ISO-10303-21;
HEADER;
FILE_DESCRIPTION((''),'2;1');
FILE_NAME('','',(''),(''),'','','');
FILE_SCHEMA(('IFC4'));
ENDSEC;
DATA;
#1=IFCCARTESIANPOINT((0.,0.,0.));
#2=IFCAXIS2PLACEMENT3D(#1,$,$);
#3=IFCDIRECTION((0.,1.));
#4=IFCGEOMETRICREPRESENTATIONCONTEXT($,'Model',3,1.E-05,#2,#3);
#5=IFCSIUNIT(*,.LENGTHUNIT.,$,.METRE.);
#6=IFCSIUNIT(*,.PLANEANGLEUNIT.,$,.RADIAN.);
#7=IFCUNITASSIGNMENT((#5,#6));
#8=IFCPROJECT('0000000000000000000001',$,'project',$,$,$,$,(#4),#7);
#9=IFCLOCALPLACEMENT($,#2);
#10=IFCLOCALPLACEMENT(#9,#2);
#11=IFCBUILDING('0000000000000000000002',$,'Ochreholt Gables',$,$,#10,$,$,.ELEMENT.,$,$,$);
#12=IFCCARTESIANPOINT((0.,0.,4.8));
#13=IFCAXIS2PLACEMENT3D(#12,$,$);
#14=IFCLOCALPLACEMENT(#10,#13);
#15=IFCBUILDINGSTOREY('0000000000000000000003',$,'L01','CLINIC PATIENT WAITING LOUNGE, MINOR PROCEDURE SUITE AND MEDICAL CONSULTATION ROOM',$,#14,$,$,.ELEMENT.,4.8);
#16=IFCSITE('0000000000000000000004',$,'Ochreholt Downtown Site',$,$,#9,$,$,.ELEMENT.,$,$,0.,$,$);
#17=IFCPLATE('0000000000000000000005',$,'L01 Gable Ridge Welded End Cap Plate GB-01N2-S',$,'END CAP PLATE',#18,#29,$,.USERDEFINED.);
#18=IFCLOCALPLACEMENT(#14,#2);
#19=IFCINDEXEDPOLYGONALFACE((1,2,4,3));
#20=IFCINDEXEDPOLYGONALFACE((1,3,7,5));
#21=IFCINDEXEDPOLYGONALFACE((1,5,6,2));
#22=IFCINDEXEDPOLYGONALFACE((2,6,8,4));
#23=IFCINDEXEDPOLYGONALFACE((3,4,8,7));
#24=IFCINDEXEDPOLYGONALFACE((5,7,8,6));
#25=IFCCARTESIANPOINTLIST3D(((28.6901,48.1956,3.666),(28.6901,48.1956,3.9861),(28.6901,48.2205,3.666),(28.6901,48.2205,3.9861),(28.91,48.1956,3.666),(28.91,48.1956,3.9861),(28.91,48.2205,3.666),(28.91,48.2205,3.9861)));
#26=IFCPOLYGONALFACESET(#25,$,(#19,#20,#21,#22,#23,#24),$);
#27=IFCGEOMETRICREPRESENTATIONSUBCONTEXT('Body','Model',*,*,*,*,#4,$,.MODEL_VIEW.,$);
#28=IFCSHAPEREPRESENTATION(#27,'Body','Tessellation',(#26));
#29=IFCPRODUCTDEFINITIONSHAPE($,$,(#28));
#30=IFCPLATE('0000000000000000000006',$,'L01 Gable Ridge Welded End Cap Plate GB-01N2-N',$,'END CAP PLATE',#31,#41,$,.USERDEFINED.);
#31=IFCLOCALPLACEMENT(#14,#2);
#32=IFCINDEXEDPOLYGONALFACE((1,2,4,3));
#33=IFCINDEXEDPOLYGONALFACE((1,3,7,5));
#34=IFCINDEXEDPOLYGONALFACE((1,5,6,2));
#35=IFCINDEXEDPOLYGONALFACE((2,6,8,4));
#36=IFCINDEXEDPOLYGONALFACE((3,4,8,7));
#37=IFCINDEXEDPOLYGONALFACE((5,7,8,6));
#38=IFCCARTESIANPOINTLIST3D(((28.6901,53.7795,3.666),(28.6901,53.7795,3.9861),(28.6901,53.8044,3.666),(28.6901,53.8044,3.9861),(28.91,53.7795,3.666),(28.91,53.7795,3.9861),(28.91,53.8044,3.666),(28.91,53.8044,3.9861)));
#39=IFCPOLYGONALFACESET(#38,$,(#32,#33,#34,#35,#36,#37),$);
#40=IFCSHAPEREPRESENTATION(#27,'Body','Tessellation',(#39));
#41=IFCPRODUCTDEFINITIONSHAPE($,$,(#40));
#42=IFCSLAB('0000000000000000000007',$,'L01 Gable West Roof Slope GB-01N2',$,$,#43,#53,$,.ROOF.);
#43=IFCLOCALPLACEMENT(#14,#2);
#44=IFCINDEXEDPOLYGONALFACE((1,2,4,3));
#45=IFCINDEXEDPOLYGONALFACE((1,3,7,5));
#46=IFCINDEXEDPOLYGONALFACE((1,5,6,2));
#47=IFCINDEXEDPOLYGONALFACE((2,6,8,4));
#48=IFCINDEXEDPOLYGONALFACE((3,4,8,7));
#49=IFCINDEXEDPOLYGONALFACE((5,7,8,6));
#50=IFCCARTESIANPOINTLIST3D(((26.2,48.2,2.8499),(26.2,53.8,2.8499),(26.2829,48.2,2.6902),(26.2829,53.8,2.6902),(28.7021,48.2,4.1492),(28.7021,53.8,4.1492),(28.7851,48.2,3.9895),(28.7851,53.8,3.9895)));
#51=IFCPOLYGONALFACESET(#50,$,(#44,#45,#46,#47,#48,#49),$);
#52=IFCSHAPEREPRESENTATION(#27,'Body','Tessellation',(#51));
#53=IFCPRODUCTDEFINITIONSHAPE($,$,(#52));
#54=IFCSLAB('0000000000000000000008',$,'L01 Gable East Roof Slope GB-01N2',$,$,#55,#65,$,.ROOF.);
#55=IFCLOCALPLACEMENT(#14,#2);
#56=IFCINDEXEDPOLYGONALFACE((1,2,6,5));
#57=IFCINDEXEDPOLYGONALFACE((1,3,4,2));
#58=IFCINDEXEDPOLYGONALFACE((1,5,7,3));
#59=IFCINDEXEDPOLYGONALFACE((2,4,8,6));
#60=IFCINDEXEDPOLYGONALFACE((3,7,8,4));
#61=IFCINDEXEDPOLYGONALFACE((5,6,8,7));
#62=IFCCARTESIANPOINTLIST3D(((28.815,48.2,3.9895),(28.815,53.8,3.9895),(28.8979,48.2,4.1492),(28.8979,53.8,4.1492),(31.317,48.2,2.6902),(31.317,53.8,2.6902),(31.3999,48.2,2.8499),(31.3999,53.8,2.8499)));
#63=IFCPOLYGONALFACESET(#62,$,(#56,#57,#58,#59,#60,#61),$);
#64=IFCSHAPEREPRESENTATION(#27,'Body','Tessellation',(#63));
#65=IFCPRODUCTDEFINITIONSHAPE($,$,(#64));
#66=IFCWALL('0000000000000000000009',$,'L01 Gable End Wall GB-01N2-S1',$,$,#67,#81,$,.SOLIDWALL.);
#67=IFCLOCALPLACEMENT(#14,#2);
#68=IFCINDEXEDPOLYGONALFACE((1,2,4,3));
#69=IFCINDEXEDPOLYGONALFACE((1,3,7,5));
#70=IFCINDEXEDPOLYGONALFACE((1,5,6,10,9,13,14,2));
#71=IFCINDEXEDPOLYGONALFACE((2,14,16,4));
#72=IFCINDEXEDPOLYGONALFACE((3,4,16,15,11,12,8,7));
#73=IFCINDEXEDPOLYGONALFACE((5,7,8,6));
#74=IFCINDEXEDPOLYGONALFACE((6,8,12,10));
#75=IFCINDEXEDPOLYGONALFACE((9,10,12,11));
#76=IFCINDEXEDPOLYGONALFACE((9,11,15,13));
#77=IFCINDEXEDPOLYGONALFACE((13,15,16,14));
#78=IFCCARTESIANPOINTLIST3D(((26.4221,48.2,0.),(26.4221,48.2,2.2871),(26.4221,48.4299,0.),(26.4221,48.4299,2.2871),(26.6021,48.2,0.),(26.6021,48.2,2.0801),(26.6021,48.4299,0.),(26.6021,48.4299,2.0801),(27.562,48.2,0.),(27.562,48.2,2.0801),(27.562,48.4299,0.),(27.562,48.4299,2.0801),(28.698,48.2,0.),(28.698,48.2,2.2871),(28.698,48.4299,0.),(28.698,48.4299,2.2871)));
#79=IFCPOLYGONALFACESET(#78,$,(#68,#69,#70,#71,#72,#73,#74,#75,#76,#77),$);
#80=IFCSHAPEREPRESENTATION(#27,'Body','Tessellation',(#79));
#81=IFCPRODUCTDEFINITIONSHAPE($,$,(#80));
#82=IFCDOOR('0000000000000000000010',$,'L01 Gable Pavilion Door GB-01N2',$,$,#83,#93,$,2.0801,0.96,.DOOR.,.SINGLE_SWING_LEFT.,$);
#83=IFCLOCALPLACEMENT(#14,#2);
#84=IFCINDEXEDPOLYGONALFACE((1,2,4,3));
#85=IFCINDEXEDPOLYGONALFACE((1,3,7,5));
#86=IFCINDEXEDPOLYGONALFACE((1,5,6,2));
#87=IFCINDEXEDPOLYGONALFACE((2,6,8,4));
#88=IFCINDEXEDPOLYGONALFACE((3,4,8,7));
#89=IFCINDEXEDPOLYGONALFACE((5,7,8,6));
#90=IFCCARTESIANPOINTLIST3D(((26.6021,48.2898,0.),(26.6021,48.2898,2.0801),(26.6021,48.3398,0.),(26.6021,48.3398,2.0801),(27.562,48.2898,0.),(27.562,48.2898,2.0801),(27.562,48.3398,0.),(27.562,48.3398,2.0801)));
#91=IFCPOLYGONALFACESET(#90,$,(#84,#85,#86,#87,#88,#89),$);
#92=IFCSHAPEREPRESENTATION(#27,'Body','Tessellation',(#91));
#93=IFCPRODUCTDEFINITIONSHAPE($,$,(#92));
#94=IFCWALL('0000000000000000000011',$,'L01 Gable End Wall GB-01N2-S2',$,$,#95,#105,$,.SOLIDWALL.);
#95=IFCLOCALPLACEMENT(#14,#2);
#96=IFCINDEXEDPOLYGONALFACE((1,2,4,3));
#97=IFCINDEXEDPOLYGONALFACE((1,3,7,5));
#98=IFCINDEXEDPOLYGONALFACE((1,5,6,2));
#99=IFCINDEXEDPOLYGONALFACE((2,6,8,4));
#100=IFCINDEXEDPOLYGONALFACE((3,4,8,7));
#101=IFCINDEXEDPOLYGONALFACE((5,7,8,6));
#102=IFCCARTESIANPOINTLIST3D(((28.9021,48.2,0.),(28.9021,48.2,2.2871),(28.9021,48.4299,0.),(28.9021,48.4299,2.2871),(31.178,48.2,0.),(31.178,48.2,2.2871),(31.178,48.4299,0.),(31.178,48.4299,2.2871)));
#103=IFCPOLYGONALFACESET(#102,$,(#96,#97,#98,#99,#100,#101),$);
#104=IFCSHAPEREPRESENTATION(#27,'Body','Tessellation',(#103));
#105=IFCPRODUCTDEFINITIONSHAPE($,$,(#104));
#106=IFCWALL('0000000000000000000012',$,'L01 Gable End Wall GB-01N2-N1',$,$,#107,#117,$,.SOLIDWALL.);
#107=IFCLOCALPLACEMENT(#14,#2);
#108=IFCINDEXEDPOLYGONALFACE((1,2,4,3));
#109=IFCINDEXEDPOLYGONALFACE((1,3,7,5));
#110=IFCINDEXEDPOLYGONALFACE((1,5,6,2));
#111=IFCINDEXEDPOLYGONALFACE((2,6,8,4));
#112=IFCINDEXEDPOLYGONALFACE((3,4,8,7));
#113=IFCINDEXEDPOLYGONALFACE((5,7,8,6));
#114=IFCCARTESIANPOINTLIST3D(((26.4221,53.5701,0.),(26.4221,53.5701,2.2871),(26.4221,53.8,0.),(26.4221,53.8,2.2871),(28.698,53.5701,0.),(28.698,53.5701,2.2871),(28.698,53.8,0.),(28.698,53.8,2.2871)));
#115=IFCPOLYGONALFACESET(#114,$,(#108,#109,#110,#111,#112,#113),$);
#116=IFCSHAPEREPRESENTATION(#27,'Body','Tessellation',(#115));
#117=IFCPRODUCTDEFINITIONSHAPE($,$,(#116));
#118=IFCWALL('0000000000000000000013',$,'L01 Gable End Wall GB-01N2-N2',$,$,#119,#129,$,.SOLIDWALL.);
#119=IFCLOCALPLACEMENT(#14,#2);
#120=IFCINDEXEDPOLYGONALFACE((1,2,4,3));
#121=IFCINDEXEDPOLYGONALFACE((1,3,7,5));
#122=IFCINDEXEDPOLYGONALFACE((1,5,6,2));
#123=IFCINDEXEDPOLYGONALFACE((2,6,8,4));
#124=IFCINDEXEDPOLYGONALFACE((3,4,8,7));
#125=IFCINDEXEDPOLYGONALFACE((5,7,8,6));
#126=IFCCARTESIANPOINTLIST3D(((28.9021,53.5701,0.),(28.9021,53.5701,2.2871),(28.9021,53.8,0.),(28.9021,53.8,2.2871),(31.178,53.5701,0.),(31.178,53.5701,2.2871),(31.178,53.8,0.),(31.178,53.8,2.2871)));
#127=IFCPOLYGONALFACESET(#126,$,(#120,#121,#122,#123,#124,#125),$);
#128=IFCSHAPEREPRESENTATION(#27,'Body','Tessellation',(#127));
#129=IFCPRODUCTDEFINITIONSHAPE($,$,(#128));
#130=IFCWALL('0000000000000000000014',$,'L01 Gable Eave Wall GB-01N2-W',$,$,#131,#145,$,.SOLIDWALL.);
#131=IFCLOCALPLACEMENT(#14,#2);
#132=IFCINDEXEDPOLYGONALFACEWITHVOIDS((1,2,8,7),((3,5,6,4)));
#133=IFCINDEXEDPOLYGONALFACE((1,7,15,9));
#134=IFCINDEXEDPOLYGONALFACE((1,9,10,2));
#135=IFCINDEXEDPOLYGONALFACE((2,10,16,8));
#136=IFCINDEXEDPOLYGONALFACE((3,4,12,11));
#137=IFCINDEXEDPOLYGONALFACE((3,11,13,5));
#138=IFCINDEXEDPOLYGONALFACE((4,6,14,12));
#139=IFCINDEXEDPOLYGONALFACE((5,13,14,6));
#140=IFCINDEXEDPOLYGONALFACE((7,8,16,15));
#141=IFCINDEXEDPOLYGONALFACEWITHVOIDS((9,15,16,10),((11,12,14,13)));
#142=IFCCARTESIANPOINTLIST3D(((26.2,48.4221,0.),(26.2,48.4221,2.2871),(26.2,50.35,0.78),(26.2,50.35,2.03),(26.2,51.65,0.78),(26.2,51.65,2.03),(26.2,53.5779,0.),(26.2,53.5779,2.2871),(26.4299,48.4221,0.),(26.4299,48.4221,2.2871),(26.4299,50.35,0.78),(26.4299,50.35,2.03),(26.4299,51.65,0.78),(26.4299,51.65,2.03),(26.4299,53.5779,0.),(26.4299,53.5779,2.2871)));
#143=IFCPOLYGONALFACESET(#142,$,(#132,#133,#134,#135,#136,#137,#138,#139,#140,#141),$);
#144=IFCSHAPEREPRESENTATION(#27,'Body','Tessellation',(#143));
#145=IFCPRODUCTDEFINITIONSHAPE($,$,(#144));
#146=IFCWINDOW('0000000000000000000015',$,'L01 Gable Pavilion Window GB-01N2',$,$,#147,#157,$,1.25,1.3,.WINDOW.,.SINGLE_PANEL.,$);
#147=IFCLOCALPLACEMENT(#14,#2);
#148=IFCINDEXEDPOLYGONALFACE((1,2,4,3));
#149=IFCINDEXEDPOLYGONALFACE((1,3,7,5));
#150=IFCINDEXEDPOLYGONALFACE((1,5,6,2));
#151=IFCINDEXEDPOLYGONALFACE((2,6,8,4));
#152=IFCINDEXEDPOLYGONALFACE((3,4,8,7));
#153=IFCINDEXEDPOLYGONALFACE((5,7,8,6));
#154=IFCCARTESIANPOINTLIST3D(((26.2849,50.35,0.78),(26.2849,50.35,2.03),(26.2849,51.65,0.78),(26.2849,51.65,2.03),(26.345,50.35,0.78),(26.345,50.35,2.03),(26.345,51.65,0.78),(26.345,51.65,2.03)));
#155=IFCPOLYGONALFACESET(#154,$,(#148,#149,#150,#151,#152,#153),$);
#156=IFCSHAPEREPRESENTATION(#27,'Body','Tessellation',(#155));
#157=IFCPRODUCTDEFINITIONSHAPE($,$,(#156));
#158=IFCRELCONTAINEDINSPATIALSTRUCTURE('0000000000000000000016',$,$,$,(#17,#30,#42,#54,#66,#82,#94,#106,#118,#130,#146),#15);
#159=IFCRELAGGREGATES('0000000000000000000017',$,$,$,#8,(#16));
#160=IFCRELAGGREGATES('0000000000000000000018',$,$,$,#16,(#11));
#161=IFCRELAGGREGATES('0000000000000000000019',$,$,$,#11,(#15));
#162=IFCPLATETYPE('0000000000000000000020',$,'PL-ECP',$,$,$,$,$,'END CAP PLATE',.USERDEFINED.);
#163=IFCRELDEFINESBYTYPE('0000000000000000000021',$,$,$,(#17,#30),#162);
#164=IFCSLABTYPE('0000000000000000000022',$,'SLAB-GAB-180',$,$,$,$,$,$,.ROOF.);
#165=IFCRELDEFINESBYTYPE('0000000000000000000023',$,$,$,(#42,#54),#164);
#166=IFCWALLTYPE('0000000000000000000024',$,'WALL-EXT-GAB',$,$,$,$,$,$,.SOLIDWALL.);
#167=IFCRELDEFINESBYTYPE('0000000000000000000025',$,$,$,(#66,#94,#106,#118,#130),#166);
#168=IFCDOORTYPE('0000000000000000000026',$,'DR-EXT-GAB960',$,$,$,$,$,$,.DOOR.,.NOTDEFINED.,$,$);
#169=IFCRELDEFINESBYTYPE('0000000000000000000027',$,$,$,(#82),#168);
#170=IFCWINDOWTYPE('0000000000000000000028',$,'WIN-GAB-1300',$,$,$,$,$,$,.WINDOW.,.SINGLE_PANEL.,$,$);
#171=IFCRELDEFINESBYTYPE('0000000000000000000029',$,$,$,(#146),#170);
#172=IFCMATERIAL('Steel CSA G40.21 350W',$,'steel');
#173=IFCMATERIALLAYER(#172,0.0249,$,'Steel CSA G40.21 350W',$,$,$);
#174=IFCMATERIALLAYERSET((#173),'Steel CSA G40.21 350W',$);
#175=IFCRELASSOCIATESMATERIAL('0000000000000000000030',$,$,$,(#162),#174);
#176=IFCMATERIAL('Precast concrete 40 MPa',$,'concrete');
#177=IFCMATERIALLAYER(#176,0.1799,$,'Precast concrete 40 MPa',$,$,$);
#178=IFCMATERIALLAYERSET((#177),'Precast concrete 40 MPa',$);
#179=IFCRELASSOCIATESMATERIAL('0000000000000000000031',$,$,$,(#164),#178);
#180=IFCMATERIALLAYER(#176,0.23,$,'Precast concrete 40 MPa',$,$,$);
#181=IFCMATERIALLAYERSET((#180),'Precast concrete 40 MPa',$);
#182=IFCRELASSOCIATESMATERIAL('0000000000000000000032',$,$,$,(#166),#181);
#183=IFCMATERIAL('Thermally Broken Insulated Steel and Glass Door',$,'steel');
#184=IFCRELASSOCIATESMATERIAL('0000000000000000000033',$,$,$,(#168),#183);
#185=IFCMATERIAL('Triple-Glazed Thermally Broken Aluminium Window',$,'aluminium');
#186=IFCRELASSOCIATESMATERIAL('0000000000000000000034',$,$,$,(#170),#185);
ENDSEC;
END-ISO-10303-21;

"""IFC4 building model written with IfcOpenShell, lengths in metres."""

from ifc_helpers import new_model, si_unit, direction, frame, frame_2d, origin, origin_2d, place, context, subcontext, project, spatial, polyline, rectangle, outline, extrude, material, layer, layer_set, type_object, element, fill, save


model = new_model("IFC4")

# Units and contexts
model_context = context("Model", 3, precision=1e-05, world=origin(), true_north=direction((0.0, 1.0)))
body_context = subcontext(model_context, "Body", "Model", "MODEL_VIEW")
ifc_project = project(units=[si_unit("LENGTHUNIT", "METRE"), si_unit("PLANEANGLEUNIT", "RADIAN")], contexts=[model_context])

# Site, building, storey
site_placement = place(None, origin())
site = spatial("IfcSite", under=ifc_project, at=site_placement, Name="Ochreholt Downtown Site", CompositionType="ELEMENT", RefElevation=0.0)
building_placement = place(site_placement, origin())
building = spatial("IfcBuilding", under=site, at=building_placement, Name="Ochreholt Gables", CompositionType="ELEMENT")
storey_placement = place(building_placement, frame((0.0, 0.0, 4.8)))
storey = spatial("IfcBuildingStorey", under=building, at=storey_placement, Name="L01", Description="CLINIC PATIENT WAITING LOUNGE, MINOR PROCEDURE SUITE AND MEDICAL CONSULTATION ROOM", CompositionType="ELEMENT", Elevation=4.8)

# Shared definitions
ifc_material_1 = material(Name="Steel CSA G40.21 350W", Category="steel")

# Plates
ifc_layer_1 = layer(ifc_material_1, 0.0249, Name="Steel CSA G40.21 350W")
ifc_layer_set_1 = layer_set([ifc_layer_1], Name="Steel CSA G40.21 350W")
plate_type = type_object("IfcPlateType", Name="PL-ECP", ElementType="END CAP PLATE", PredefinedType="USERDEFINED", material=ifc_layer_set_1)
for number, where, z_axis, x_axis, name in (
    (1, (28.8, 48.208, 3.666), (0.0, 0.0, 1.0), (1.0, 0.0, 0.0), "L01 Gable Ridge Welded End Cap Plate GB-01N2-S"),
    (2, (28.8, 53.792, 3.666), (0.0, 0.0, 1.0), (1.0, 0.0, 0.0), "L01 Gable Ridge Welded End Cap Plate GB-01N2-N"),
):
    element("IfcPlate", number, at=place(storey_placement, frame(where, z_axis=z_axis, x_axis=x_axis)), inside=storey, type_object=plate_type, Name=name, ObjectType="END CAP PLATE", PredefinedType="USERDEFINED", context=body_context, shape_type="SweptSolid", body=[
        extrude(rectangle(XDim=0.22, YDim=0.0249, at=origin_2d()), origin(), (0.0, 0.0, 1.0), 0.3201),
    ])

# Slabs
ifc_material_2 = material(Name="Precast concrete 40 MPa", Category="concrete")
ifc_layer_2 = layer(ifc_material_2, 0.1799, Name="Precast concrete 40 MPa")
ifc_layer_set_2 = layer_set([ifc_layer_2], Name="Precast concrete 40 MPa")
slab_type = type_object("IfcSlabType", Name="SLAB-GAB-180", PredefinedType="ROOF", material=ifc_layer_set_2)
slab_1_placement = place(storey_placement, frame((26.2, 48.2, 2.8499), z_axis=(-0.460843, 0.0, 0.887482), x_axis=(0.887482, 0.0, 0.460843)))
element("IfcSlab", 3, at=slab_1_placement, inside=storey, type_object=slab_type, Name="L01 Gable West Roof Slope GB-01N2", PredefinedType="ROOF", context=body_context, shape_type="SweptSolid", body=[
    extrude(outline(polyline([(0.0, 0.0), (2.8194, 0.0), (2.8194, 5.6001), (0.0, 5.6001), (0.0, 0.0)])), origin(), (0.0, 0.0, -1.0), 0.1799),
])
slab_2_placement = place(storey_placement, frame((28.8979, 48.2, 4.1492), z_axis=(0.460878, 0.0, 0.887463), x_axis=(0.887463, 0.0, -0.460878)))
element("IfcSlab", 4, at=slab_2_placement, inside=storey, type_object=slab_type, Name="L01 Gable East Roof Slope GB-01N2", PredefinedType="ROOF", context=body_context, shape_type="SweptSolid", body=[
    extrude(outline(polyline([(0.0, 0.0), (2.8192, 0.0), (2.8192, 5.6001), (0.0, 5.6001), (0.0, 0.0)])), origin(), (0.0, 0.0, -1.0), 0.1799),
])

# Wall, opening, door
ifc_layer_3 = layer(ifc_material_2, 0.23, Name="Precast concrete 40 MPa")
ifc_layer_set_3 = layer_set([ifc_layer_3], Name="Precast concrete 40 MPa")
wall_type = type_object("IfcWallType", Name="WALL-EXT-GAB", PredefinedType="SOLIDWALL", material=ifc_layer_set_3)
wall_1_placement = place(storey_placement, frame((26.4221, 48.3149, 0.0), z_axis=(0.0, 0.0, 1.0), x_axis=(1.0, 0.0, 0.0)))
wall_1 = element("IfcWall", 5, at=wall_1_placement, inside=storey, type_object=wall_type, Name="L01 Gable End Wall GB-01N2-S1", PredefinedType="SOLIDWALL", context=body_context, shape_type="SweptSolid", body=[
    extrude(rectangle(XDim=2.2759, YDim=0.23, at=frame_2d((1.1379, 0.0))), origin(), (0.0, 0.0, 1.0), 2.2871),
])
opening_1_placement = place(wall_1_placement, frame((0.1799, 0.0, 0.0)))
opening_1 = element("IfcOpeningElement", 6, at=opening_1_placement, cuts=wall_1, PredefinedType="OPENING", context=body_context, shape_type="SweptSolid", body=[
    extrude(rectangle(XDim=0.96, YDim=2.0801, at=frame_2d((0.48, 1.04))), frame((0.0, 0.125, 0.0), z_axis=(0.0, -1.0, 0.0), x_axis=(1.0, 0.0, 0.0)), (0.0, 0.0, 1.0), 0.25),
])
ifc_material_3 = material(Name="Thermally Broken Insulated Steel and Glass Door", Category="steel")
door_type = type_object("IfcDoorType", Name="DR-EXT-GAB960", OperationType="NOTDEFINED", PredefinedType="DOOR", material=ifc_material_3)
door_placement = place(opening_1_placement, origin())
door = element("IfcDoor", 7, at=door_placement, inside=storey, type_object=door_type, Name="L01 Gable Pavilion Door GB-01N2", OperationType="SINGLE_SWING_LEFT", OverallHeight=2.0801, OverallWidth=0.96, PredefinedType="DOOR", context=body_context, shape_type="SweptSolid", body=[
    extrude(rectangle(XDim=0.96, YDim=2.0801, at=frame_2d((0.48, 1.04))), frame((0.0, 0.0249, 0.0), z_axis=(0.0, -1.0, 0.0), x_axis=(1.0, 0.0, 0.0)), (0.0, 0.0, 1.0), 0.05),
])
fill(opening_1, door)

# Walls
for number, where, z_axis, x_axis, name in (
    (8, (28.9021, 48.3149, 0.0), (0.0, 0.0, 1.0), (1.0, 0.0, 0.0), "L01 Gable End Wall GB-01N2-S2"),
    (9, (26.4221, 53.6851, 0.0), (0.0, 0.0, 1.0), (1.0, 0.0, 0.0), "L01 Gable End Wall GB-01N2-N1"),
    (10, (28.9021, 53.6851, 0.0), (0.0, 0.0, 1.0), (1.0, 0.0, 0.0), "L01 Gable End Wall GB-01N2-N2"),
):
    element("IfcWall", number, at=place(storey_placement, frame(where, z_axis=z_axis, x_axis=x_axis)), inside=storey, type_object=wall_type, Name=name, PredefinedType="SOLIDWALL", context=body_context, shape_type="SweptSolid", body=[
        extrude(rectangle(XDim=2.2759, YDim=0.23, at=frame_2d((1.1379, 0.0))), origin(), (0.0, 0.0, 1.0), 2.2871),
    ])

# Wall, opening, window
wall_2_placement = place(storey_placement, frame((26.3149, 48.4221, 0.0), z_axis=(0.0, 0.0, 1.0), x_axis=(0.0, 1.0, 0.0)))
wall_2 = element("IfcWall", 11, at=wall_2_placement, inside=storey, type_object=wall_type, Name="L01 Gable Eave Wall GB-01N2-W", PredefinedType="SOLIDWALL", context=body_context, shape_type="SweptSolid", body=[
    extrude(rectangle(XDim=5.1558, YDim=0.23, at=frame_2d((2.5779, 0.0))), origin(), (0.0, 0.0, 1.0), 2.2871),
])
opening_2_placement = place(wall_2_placement, frame((1.928, 0.0, 0.78)))
opening_2 = element("IfcOpeningElement", 12, at=opening_2_placement, cuts=wall_2, PredefinedType="OPENING", context=body_context, shape_type="SweptSolid", body=[
    extrude(rectangle(XDim=1.3, YDim=1.25, at=frame_2d((0.6499, 0.625))), frame((0.0, 0.125, 0.0), z_axis=(0.0, -1.0, 0.0), x_axis=(1.0, 0.0, 0.0)), (0.0, 0.0, 1.0), 0.25),
])
ifc_material_4 = material(Name="Triple-Glazed Thermally Broken Aluminium Window", Category="aluminium")
window_type = type_object("IfcWindowType", Name="WIN-GAB-1300", PartitioningType="SINGLE_PANEL", PredefinedType="WINDOW", material=ifc_material_4)
window_placement = place(opening_2_placement, origin())
window = element("IfcWindow", 13, at=window_placement, inside=storey, type_object=window_type, Name="L01 Gable Pavilion Window GB-01N2", OverallHeight=1.25, OverallWidth=1.3, PartitioningType="SINGLE_PANEL", PredefinedType="WINDOW", context=body_context, shape_type="SweptSolid", body=[
    extrude(rectangle(XDim=1.3, YDim=1.25, at=frame_2d((0.6499, 0.625))), frame((0.0, 0.03, 0.0), z_axis=(0.0, -1.0, 0.0), x_axis=(1.0, 0.0, 0.0)), (0.0, 0.0, 1.0), 0.0601),
])
fill(opening_2, window)

save(model, "model.ifc")
